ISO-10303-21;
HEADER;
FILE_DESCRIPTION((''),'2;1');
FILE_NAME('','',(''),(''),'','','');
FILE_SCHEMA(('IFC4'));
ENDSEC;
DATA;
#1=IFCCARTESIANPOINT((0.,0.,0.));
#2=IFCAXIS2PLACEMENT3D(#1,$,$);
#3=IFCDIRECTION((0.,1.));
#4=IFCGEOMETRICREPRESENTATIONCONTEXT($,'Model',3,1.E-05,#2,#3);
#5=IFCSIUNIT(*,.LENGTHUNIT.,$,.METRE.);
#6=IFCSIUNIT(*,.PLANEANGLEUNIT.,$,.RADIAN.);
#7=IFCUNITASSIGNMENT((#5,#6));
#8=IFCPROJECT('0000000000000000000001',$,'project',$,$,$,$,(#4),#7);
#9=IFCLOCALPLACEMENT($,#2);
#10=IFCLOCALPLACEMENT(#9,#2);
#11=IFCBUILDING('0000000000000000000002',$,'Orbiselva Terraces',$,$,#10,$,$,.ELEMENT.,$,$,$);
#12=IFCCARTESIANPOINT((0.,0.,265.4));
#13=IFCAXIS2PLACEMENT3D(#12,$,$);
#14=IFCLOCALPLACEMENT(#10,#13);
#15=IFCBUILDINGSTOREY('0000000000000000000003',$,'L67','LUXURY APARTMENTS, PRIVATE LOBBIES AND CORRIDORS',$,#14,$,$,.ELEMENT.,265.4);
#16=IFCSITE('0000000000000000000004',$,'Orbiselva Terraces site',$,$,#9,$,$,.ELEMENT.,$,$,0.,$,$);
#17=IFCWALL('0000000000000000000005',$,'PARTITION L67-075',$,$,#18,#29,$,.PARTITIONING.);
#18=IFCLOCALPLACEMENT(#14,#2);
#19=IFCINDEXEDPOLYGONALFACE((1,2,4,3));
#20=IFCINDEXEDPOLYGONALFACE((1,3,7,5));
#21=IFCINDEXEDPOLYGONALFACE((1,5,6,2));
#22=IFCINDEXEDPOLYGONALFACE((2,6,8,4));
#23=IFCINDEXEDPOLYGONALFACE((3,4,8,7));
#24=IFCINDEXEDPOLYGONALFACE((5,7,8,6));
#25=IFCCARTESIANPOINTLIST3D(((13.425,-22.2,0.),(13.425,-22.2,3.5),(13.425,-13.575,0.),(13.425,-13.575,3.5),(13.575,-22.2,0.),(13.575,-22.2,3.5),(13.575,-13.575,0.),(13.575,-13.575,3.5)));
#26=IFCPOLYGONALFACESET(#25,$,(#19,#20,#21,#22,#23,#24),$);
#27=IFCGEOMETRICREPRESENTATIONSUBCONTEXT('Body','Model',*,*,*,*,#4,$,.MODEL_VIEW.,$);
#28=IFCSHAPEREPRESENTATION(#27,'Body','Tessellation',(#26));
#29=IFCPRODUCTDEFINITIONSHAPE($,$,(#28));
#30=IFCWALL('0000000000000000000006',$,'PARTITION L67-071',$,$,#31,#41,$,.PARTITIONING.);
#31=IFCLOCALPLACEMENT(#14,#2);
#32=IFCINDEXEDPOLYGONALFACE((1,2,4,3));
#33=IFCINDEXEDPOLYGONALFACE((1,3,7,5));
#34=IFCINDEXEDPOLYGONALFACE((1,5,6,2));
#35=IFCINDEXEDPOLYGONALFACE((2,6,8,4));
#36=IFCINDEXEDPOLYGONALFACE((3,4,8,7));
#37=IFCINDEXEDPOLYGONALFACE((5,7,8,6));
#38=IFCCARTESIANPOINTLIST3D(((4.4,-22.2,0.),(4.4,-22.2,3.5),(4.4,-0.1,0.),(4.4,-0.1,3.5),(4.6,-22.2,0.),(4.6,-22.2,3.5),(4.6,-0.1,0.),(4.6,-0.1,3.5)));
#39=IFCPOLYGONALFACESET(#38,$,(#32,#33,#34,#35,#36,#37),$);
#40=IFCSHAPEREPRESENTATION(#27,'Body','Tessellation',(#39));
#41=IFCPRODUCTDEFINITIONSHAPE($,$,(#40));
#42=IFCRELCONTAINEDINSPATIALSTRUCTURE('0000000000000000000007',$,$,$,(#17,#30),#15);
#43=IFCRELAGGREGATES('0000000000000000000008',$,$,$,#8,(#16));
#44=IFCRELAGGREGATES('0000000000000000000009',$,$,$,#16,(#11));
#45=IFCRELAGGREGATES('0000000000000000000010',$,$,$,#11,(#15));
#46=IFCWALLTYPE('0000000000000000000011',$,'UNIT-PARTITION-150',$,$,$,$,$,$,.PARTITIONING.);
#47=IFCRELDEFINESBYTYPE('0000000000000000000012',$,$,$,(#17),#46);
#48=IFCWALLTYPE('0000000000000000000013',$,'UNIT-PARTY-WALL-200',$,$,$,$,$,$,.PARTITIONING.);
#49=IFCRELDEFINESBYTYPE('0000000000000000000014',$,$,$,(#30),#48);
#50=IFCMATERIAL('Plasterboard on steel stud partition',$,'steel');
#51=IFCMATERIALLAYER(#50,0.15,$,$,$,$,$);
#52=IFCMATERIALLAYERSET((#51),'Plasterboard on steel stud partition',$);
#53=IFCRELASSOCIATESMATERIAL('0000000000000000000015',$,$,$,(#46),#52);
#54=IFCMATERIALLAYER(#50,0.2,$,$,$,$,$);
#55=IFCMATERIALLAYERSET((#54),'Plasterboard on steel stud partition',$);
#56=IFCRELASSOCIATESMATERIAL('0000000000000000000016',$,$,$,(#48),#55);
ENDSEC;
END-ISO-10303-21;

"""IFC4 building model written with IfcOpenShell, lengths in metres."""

from ifc_helpers import new_model, si_unit, direction, frame, frame_2d, origin, place, context, subcontext, project, spatial, rectangle, extrude, material, layer, layer_set, type_object, element, save


model = new_model("IFC4")

# Units and contexts
model_context = context("Model", 3, precision=1e-05, world=origin(), true_north=direction((0.0, 1.0)))
body_context = subcontext(model_context, "Body", "Model", "MODEL_VIEW")
ifc_project = project(units=[si_unit("LENGTHUNIT", "METRE"), si_unit("PLANEANGLEUNIT", "RADIAN")], contexts=[model_context])

# Site, building, storey
site_placement = place(None, origin())
site = spatial("IfcSite", under=ifc_project, at=site_placement, Name="Orbiselva Terraces site", CompositionType="ELEMENT", RefElevation=0.0)
building_placement = place(site_placement, origin())
building = spatial("IfcBuilding", under=site, at=building_placement, Name="Orbiselva Terraces", CompositionType="ELEMENT")
storey_placement = place(building_placement, frame((0.0, 0.0, 265.4)))
storey = spatial("IfcBuildingStorey", under=building, at=storey_placement, Name="L67", Description="LUXURY APARTMENTS, PRIVATE LOBBIES AND CORRIDORS", CompositionType="ELEMENT", Elevation=265.4)

# Shared definitions
ifc_material_1 = material(Name="Plasterboard on steel stud partition", Category="steel")
ifc_layer_1 = layer(ifc_material_1, 0.15)
ifc_layer_set_1 = layer_set([ifc_layer_1], Name="Plasterboard on steel stud partition")
wall_type_1 = type_object("IfcWallType", Name="UNIT-PARTITION-150", PredefinedType="PARTITIONING", material=ifc_layer_set_1)

# Walls
wall_1_placement = place(storey_placement, frame((13.5, -22.2, 0.0), z_axis=(0.0, 0.0, 1.0), x_axis=(0.0, 1.0, 0.0)))
element("IfcWall", 1, at=wall_1_placement, inside=storey, type_object=wall_type_1, Name="PARTITION L67-075", PredefinedType="PARTITIONING", context=body_context, shape_type="SweptSolid", body=[
    extrude(rectangle(XDim=8.625, YDim=0.15, at=frame_2d((4.3125, 0.0))), origin(), (0.0, 0.0, 1.0), 3.5),
])
ifc_layer_2 = layer(ifc_material_1, 0.2)
ifc_layer_set_2 = layer_set([ifc_layer_2], Name="Plasterboard on steel stud partition")
wall_type_2 = type_object("IfcWallType", Name="UNIT-PARTY-WALL-200", PredefinedType="PARTITIONING", material=ifc_layer_set_2)
wall_2_placement = place(storey_placement, frame((4.5, -22.2, 0.0), z_axis=(0.0, 0.0, 1.0), x_axis=(0.0, 1.0, 0.0)))
element("IfcWall", 2, at=wall_2_placement, inside=storey, type_object=wall_type_2, Name="PARTITION L67-071", PredefinedType="PARTITIONING", context=body_context, shape_type="SweptSolid", body=[
    extrude(rectangle(XDim=22.1, YDim=0.2, at=frame_2d((11.05, 0.0))), origin(), (0.0, 0.0, 1.0), 3.5),
])

save(model, "model.ifc")
